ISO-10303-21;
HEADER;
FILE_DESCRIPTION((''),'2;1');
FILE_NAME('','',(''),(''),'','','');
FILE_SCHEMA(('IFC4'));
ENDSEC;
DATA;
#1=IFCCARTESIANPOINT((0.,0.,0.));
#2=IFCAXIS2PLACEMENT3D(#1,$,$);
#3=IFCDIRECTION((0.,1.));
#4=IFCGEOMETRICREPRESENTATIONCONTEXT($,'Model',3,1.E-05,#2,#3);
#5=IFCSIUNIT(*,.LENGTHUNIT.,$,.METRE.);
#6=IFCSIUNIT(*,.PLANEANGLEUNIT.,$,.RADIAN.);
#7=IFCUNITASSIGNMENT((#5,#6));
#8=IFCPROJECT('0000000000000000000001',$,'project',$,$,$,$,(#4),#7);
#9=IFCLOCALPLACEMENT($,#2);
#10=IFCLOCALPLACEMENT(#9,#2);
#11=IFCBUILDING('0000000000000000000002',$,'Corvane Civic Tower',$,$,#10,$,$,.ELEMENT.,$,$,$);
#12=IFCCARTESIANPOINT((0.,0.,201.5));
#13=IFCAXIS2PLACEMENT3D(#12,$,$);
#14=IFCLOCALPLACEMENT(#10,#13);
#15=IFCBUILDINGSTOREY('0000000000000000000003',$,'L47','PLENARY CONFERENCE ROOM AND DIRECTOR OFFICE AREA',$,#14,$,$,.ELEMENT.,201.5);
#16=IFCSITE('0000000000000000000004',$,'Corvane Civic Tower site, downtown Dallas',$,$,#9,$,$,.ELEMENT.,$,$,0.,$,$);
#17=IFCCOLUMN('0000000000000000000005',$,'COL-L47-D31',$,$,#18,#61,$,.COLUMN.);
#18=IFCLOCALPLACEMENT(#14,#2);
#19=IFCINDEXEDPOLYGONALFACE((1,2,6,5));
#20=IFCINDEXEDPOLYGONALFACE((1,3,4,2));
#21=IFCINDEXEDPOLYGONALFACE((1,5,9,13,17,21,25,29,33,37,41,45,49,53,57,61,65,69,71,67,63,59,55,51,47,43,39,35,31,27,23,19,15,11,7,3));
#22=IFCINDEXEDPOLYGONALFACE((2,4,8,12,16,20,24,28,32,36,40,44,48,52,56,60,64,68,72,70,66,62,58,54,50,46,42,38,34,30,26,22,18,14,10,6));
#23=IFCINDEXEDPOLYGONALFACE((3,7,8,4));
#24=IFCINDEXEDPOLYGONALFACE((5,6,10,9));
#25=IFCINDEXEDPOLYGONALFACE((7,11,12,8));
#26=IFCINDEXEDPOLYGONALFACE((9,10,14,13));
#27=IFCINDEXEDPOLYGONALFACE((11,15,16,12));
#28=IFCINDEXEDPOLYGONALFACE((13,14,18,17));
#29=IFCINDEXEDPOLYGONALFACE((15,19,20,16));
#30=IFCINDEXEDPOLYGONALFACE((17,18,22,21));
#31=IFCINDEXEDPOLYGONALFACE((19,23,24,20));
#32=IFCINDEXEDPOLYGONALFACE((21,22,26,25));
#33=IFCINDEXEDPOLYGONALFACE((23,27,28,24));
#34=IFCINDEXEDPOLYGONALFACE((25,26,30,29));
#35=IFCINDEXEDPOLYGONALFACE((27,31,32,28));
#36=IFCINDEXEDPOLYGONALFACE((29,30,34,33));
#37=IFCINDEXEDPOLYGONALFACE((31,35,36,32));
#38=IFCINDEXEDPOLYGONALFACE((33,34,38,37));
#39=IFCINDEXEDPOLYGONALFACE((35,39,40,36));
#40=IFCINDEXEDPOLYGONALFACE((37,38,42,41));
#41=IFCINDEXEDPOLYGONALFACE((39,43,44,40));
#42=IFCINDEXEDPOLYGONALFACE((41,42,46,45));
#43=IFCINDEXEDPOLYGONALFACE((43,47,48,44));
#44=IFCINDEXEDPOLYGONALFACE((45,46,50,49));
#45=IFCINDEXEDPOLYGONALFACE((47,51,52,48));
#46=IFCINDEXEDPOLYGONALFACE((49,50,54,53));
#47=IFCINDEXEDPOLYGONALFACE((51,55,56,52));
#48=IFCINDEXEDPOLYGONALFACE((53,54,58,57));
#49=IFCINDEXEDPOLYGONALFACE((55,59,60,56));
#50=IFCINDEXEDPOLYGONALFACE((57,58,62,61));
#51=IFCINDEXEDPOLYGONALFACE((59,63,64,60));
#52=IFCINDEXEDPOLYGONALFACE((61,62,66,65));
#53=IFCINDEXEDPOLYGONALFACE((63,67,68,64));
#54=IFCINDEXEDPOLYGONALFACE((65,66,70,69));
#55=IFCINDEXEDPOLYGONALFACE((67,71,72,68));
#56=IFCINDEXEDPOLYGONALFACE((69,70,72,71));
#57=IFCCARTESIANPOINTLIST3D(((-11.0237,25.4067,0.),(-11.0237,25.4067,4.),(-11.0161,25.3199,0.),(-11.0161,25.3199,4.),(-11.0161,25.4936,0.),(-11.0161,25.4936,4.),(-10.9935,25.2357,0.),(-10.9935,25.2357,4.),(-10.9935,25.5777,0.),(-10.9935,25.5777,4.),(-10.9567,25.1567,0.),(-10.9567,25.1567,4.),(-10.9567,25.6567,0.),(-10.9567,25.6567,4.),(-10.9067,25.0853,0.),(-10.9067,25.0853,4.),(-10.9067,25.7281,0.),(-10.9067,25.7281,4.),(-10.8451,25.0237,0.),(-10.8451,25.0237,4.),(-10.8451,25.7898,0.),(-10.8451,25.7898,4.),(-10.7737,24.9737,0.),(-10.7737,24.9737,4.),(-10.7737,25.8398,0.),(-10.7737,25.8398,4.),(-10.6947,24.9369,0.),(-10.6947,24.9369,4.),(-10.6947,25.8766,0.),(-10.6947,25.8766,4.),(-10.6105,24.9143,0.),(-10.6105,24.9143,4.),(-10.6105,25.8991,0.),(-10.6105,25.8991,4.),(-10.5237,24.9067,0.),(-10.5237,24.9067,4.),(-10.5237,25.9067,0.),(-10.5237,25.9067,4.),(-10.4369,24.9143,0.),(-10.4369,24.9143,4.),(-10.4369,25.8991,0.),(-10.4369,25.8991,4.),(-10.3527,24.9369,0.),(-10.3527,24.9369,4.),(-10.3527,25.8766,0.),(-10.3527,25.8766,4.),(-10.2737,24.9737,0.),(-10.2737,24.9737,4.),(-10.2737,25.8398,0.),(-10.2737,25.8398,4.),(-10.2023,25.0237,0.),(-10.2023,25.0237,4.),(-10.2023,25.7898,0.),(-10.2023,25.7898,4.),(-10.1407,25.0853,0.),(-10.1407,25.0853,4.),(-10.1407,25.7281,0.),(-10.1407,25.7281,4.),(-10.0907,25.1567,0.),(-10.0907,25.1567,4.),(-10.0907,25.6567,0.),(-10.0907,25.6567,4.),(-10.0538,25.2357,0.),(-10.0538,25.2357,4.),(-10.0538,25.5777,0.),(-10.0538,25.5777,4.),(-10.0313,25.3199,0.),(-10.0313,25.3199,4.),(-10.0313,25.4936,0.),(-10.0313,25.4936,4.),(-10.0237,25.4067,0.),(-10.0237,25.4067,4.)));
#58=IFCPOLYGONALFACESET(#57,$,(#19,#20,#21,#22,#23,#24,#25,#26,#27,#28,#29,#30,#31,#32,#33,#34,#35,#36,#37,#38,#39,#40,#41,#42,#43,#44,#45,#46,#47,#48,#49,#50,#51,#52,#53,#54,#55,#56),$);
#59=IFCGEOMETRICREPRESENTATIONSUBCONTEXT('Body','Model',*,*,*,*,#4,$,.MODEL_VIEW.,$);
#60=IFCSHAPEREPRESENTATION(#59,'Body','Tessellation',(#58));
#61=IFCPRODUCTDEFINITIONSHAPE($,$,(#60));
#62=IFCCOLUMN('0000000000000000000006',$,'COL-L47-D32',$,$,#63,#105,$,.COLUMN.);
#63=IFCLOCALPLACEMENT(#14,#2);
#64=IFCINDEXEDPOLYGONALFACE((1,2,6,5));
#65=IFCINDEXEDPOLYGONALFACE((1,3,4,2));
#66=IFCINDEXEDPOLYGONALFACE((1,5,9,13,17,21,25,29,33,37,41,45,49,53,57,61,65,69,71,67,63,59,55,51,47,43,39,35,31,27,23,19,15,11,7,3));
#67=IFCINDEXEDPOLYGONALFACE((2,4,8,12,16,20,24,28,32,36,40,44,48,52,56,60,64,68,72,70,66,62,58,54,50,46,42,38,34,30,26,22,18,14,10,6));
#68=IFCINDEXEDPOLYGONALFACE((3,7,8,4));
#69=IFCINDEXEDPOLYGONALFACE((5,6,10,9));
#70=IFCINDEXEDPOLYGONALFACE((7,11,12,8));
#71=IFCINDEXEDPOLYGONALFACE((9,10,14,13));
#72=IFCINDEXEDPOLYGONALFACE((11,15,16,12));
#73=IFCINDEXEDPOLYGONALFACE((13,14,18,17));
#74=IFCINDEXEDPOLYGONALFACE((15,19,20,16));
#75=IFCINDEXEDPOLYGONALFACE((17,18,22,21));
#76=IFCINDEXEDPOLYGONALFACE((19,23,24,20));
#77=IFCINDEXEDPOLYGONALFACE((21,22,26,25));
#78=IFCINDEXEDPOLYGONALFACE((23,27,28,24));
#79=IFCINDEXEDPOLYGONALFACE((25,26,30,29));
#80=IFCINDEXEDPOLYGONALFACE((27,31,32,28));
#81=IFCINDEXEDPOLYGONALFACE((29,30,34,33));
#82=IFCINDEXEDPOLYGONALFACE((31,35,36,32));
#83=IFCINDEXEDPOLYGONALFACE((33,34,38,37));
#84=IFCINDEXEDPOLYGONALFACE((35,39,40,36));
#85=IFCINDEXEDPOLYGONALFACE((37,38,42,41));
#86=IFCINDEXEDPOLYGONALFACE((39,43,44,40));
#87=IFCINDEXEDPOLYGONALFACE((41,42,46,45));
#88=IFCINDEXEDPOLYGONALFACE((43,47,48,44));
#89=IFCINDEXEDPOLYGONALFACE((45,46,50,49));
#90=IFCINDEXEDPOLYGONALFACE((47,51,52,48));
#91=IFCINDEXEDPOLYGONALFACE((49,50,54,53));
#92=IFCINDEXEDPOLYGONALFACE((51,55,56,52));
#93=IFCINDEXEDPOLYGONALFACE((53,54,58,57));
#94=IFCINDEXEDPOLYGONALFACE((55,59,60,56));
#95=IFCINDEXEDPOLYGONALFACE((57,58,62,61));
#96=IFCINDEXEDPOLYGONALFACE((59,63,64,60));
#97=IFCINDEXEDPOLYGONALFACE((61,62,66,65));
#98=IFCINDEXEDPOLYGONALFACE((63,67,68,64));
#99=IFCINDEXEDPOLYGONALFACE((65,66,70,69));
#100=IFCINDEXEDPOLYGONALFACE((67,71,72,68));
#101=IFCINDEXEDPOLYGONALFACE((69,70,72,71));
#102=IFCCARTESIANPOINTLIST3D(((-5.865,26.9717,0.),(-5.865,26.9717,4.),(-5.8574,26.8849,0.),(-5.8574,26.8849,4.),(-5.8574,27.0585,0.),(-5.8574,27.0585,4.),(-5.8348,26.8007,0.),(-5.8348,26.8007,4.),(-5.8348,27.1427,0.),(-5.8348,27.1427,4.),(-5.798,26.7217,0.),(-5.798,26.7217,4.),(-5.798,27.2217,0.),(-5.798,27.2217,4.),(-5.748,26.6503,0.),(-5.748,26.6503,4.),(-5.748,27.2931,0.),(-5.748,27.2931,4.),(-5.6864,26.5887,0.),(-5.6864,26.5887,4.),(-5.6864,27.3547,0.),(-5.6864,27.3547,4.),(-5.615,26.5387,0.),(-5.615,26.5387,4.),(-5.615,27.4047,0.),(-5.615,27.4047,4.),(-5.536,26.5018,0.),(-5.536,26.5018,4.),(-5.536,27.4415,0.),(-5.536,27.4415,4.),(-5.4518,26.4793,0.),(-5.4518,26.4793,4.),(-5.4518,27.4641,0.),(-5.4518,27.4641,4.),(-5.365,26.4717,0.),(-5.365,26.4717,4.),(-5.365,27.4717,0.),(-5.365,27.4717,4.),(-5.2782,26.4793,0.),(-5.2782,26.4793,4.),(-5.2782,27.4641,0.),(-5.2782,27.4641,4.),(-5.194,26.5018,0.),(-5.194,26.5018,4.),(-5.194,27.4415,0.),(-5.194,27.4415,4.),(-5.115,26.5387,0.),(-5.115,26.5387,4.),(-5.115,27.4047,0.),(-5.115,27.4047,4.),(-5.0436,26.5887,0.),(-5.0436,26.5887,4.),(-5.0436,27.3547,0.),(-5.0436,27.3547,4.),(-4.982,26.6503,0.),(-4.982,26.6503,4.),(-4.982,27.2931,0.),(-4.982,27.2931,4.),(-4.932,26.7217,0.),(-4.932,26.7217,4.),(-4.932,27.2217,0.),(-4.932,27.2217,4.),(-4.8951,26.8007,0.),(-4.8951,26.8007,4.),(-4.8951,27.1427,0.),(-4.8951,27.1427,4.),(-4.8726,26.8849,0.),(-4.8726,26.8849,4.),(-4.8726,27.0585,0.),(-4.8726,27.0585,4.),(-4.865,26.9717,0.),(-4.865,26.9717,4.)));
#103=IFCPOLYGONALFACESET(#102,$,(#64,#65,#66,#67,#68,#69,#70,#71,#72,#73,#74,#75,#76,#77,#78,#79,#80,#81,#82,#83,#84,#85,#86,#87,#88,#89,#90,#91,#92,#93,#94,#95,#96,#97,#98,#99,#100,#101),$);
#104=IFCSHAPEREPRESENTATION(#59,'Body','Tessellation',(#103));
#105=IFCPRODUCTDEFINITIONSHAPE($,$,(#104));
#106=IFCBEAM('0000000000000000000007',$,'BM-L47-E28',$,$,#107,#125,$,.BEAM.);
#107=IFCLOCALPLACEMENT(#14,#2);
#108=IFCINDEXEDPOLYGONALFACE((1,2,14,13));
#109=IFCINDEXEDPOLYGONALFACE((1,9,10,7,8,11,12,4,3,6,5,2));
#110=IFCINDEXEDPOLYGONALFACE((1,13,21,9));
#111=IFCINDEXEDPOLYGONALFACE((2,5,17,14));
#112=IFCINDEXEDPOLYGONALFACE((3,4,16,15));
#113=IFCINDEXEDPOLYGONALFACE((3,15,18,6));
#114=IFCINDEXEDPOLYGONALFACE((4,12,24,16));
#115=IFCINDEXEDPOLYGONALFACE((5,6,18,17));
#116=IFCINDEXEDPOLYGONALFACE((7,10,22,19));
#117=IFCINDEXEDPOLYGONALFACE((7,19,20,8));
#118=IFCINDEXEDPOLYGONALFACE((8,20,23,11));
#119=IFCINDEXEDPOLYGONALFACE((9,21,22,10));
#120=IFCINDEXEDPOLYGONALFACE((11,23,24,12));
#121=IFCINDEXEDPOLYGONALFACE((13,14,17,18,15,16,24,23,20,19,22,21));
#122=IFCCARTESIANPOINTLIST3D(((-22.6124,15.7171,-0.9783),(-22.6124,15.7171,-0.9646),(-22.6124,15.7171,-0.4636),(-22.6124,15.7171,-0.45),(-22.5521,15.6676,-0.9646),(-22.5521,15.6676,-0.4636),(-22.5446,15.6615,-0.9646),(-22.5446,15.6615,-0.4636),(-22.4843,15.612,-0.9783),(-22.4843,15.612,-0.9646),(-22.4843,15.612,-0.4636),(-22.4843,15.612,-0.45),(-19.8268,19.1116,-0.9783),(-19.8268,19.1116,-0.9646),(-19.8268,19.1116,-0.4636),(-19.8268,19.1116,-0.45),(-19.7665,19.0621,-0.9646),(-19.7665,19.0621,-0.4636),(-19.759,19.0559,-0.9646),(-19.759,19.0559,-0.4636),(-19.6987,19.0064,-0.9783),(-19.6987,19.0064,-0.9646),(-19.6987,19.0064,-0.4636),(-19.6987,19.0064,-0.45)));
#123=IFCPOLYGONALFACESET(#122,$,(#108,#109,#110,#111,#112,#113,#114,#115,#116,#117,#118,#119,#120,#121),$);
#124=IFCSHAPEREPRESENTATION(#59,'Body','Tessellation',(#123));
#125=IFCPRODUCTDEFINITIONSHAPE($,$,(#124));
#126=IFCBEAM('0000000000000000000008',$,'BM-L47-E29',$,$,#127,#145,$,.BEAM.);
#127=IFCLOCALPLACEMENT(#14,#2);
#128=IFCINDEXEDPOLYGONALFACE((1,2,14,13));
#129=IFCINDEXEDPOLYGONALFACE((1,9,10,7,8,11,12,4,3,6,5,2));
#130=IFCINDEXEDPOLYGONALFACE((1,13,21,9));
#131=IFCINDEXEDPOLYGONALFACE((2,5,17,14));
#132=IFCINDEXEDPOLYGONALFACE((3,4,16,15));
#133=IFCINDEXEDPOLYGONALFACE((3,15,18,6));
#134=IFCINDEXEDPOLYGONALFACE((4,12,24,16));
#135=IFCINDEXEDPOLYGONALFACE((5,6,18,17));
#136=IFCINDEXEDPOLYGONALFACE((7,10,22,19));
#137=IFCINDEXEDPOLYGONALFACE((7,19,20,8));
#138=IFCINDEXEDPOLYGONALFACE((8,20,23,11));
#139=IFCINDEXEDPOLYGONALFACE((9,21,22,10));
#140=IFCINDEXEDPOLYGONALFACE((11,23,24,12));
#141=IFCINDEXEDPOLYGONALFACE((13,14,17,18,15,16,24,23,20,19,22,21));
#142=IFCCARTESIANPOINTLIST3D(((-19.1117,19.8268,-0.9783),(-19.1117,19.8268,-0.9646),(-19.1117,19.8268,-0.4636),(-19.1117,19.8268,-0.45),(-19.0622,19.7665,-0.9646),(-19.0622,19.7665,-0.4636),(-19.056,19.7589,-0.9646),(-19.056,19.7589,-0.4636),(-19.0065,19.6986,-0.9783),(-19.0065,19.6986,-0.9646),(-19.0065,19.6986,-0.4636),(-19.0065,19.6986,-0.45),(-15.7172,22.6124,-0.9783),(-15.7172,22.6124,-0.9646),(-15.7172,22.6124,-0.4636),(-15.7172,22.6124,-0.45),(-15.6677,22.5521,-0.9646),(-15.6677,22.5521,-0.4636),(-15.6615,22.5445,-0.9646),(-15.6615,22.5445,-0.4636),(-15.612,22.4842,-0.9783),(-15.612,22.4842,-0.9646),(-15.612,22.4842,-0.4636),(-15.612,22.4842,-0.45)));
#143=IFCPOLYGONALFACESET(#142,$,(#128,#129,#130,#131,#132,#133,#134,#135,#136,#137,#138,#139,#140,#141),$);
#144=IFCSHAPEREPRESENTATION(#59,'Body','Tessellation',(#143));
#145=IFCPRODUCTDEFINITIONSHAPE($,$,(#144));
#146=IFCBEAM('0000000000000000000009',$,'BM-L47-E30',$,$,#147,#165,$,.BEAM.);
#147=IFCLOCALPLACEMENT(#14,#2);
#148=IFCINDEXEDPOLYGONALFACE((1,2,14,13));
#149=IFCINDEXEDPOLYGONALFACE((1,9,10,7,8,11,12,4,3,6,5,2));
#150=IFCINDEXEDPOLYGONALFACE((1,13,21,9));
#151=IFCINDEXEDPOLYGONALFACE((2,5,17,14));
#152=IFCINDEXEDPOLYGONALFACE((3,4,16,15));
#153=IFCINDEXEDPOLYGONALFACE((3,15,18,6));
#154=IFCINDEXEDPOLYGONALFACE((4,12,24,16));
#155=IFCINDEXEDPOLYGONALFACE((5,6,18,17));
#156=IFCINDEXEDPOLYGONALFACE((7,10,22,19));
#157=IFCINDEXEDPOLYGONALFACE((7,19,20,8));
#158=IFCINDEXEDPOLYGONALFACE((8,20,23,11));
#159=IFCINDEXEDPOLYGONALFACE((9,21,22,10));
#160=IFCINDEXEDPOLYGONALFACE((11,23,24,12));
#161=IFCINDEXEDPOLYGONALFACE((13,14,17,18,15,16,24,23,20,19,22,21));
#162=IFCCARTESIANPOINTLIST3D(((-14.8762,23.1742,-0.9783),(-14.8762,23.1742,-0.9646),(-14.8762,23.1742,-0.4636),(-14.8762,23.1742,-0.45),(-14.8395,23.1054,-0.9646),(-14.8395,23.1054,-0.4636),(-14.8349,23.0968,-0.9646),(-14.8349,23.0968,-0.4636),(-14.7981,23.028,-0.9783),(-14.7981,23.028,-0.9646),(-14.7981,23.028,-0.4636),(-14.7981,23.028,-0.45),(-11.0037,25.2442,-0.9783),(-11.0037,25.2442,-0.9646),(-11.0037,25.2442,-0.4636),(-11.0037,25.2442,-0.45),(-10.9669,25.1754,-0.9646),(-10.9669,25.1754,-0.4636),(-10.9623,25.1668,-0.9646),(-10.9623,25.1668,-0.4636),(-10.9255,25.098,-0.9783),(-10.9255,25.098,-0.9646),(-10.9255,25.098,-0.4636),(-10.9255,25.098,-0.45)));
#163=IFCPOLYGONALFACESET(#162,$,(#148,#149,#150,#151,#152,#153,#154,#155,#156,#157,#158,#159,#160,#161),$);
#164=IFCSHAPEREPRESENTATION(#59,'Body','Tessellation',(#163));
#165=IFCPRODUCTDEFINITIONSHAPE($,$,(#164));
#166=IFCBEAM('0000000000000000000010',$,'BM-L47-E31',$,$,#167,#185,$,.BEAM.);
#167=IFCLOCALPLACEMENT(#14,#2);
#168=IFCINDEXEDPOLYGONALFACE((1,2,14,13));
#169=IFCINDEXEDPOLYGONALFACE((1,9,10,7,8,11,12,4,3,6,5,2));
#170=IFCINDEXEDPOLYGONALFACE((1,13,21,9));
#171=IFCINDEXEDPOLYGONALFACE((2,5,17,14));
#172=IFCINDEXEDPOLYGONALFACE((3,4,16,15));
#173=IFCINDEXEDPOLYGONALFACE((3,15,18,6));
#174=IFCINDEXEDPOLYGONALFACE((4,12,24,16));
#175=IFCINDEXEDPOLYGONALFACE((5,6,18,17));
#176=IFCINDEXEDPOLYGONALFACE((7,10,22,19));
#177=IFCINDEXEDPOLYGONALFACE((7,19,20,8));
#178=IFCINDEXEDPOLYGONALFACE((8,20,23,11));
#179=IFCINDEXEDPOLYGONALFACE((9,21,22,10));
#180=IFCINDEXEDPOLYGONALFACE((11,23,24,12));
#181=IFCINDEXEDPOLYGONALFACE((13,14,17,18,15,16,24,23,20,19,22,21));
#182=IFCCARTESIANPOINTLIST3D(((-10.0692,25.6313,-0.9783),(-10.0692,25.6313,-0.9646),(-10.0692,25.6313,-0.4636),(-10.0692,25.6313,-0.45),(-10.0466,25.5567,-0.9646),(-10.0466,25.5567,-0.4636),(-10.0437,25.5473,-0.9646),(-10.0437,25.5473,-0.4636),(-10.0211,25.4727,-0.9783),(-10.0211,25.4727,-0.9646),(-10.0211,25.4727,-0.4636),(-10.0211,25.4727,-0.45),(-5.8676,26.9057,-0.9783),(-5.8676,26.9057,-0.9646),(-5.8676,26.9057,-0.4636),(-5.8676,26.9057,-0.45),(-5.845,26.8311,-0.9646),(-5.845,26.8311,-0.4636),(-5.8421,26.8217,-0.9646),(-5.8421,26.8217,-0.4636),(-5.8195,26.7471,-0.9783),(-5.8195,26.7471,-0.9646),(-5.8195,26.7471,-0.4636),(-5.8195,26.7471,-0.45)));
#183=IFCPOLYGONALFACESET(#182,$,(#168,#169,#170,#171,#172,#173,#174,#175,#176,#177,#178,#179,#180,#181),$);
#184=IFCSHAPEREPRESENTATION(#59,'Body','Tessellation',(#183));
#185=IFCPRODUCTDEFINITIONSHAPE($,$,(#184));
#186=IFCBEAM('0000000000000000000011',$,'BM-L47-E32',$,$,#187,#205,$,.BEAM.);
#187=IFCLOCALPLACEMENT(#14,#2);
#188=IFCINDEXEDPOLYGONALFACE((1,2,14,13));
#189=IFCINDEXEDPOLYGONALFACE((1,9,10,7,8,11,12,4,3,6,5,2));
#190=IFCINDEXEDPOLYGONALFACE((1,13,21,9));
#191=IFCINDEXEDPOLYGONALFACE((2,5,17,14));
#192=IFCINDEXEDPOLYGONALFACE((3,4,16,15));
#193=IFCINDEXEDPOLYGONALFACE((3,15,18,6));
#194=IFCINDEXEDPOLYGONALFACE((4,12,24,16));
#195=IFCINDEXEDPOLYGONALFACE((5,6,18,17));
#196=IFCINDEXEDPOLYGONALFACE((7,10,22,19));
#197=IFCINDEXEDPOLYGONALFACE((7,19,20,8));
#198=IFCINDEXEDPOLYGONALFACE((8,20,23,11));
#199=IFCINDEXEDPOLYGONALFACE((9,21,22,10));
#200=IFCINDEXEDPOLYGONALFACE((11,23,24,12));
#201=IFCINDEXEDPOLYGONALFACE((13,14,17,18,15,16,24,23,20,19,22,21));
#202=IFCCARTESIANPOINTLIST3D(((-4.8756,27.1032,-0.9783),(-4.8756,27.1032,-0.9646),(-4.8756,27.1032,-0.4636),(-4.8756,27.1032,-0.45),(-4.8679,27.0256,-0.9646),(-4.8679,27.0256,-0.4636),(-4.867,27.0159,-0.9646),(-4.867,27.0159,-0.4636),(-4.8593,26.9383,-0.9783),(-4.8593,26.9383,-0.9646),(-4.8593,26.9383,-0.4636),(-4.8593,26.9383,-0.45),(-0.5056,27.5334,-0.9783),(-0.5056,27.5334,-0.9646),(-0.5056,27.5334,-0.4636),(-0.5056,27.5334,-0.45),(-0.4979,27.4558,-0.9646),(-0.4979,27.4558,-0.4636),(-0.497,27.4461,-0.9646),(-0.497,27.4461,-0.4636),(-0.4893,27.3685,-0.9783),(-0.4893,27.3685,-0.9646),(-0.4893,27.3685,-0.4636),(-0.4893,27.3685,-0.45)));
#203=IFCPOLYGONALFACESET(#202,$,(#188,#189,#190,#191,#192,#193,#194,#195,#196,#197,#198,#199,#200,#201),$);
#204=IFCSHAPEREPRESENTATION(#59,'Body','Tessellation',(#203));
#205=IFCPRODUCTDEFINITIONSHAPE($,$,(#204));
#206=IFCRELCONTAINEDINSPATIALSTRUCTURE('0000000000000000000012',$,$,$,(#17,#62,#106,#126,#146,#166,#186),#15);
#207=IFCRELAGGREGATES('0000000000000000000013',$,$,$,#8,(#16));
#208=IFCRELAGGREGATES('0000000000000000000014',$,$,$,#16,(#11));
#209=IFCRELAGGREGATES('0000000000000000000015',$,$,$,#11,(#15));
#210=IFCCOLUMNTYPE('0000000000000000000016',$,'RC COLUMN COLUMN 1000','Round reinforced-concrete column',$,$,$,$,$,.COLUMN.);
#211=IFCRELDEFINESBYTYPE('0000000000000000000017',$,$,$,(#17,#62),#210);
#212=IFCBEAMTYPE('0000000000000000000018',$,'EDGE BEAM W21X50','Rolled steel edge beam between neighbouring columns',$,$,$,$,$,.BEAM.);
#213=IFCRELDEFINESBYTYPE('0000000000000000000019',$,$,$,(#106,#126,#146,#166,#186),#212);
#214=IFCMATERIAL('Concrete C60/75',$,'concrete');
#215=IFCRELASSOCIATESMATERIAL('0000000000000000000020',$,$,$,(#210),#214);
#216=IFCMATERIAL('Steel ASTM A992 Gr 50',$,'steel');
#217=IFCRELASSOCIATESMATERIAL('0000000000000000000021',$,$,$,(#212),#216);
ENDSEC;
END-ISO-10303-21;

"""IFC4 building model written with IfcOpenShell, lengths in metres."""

from ifc_helpers import new_model, si_unit, direction, frame, origin, origin_2d, place, context, subcontext, project, spatial, circle, i_section, extrude, material, material_profile, profile_set, type_object, element, save


model = new_model("IFC4")

# Units and contexts
model_context = context("Model", 3, precision=1e-05, world=origin(), true_north=direction((0.0, 1.0)))
body_context = subcontext(model_context, "Body", "Model", "MODEL_VIEW")
ifc_project = project(units=[si_unit("LENGTHUNIT", "METRE"), si_unit("PLANEANGLEUNIT", "RADIAN")], contexts=[model_context])

# Site, building, storey
site_placement = place(None, origin())
site = spatial("IfcSite", under=ifc_project, at=site_placement, Name="Corvane Civic Tower site, downtown Dallas", CompositionType="ELEMENT", RefElevation=0.0)
building_placement = place(site_placement, origin())
building = spatial("IfcBuilding", under=site, at=building_placement, Name="Corvane Civic Tower", CompositionType="ELEMENT")
storey_placement = place(building_placement, frame((0.0, 0.0, 201.5)))
storey = spatial("IfcBuildingStorey", under=building, at=storey_placement, Name="L47", Description="PLENARY CONFERENCE ROOM AND DIRECTOR OFFICE AREA", CompositionType="ELEMENT", Elevation=201.5)

# Columns
ifc_material_1 = material(Name="Concrete C60/75", Category="concrete")
ifc_material_profile_1 = material_profile(ifc_material_1, circle(Radius=0.5, at=origin_2d()), Name="COLUMN 1000")
ifc_profile_set_1 = profile_set([ifc_material_profile_1], Name="Concrete C60/75")
column_type = type_object("IfcColumnType", Name="RC COLUMN COLUMN 1000", Description="Round reinforced-concrete column", PredefinedType="COLUMN", material=ifc_profile_set_1)
for number, where, z_axis, x_axis, name in (
    (1, (-10.5237, 25.4067, 0.0), (0.0, 0.0, 1.0), (1.0, 0.0, 0.0), "COL-L47-D31"),
    (2, (-5.365, 26.9717, 0.0), (0.0, 0.0, 1.0), (1.0, 0.0, 0.0), "COL-L47-D32"),
):
    element("IfcColumn", number, at=place(storey_placement, frame(where, z_axis=z_axis, x_axis=x_axis)), inside=storey, type_object=column_type, Name=name, PredefinedType="COLUMN", context=body_context, shape_type="SweptSolid", body=[
        extrude(circle(Radius=0.5, at=origin_2d()), origin(), (0.0, 0.0, 1.0), 4.0),
    ])

# Beams
ifc_material_2 = material(Name="Steel ASTM A992 Gr 50", Category="steel")
ifc_material_profile_2 = material_profile(ifc_material_2, i_section(OverallWidth=0.1658, OverallDepth=0.5283, WebThickness=0.0098, FlangeThickness=0.0137, at=origin_2d()), Name="W21X50")
ifc_profile_set_2 = profile_set([ifc_material_profile_2], Name="Steel ASTM A992 Gr 50")
beam_type_1 = type_object("IfcBeamType", Name="EDGE BEAM W21X50", Description="Rolled steel edge beam between neighbouring columns", PredefinedType="BEAM", material=ifc_profile_set_2)
for number, where, z_axis, x_axis, name in (
    (3, (-22.5483, 15.6646, -0.7141), (0.634369, 0.77303, 0.0), (-0.77303, 0.634369, 0.0), "BM-L47-E28"),
    (4, (-19.0591, 19.7627, -0.7141), (0.77303, 0.634369, 0.0), (-0.634369, 0.77303, 0.0), "BM-L47-E29"),
    (5, (-14.8372, 23.1011, -0.7141), (0.881908, 0.471422, 0.0), (-0.471422, 0.881908, 0.0), "BM-L47-E30"),
):
    element("IfcBeam", number, at=place(storey_placement, frame(where, z_axis=z_axis, x_axis=x_axis)), inside=storey, type_object=beam_type_1, Name=name, PredefinedType="BEAM", context=body_context, shape_type="SweptSolid", body=[
        extrude(i_section(OverallWidth=0.1658, OverallDepth=0.5283, WebThickness=0.0098, FlangeThickness=0.0137, at=origin_2d()), origin(), (0.0, 0.0, 1.0), 4.3911),
    ])
beam_1_placement = place(storey_placement, frame((-10.0452, 25.552, -0.7141), z_axis=(0.95695, 0.290254, 0.0), x_axis=(-0.290254, 0.95695, 0.0)))
element("IfcBeam", 6, at=beam_1_placement, inside=storey, type_object=beam_type_1, Name="BM-L47-E31", PredefinedType="BEAM", context=body_context, shape_type="SweptSolid", body=[
    extrude(i_section(OverallWidth=0.1658, OverallDepth=0.5283, WebThickness=0.0098, FlangeThickness=0.0137, at=origin_2d()), origin(), (0.0, 0.0, 1.0), 4.3906),
])
beam_2_placement = place(storey_placement, frame((-4.8674, 27.0208, -0.7141), z_axis=(0.99519, 0.097968, 0.0), x_axis=(-0.097968, 0.99519, 0.0)))
element("IfcBeam", 7, at=beam_2_placement, inside=storey, type_object=beam_type_1, Name="BM-L47-E32", PredefinedType="BEAM", context=body_context, shape_type="SweptSolid", body=[
    extrude(i_section(OverallWidth=0.1658, OverallDepth=0.5283, WebThickness=0.0098, FlangeThickness=0.0137, at=origin_2d()), origin(), (0.0, 0.0, 1.0), 4.3911),
])

save(model, "model.ifc")
